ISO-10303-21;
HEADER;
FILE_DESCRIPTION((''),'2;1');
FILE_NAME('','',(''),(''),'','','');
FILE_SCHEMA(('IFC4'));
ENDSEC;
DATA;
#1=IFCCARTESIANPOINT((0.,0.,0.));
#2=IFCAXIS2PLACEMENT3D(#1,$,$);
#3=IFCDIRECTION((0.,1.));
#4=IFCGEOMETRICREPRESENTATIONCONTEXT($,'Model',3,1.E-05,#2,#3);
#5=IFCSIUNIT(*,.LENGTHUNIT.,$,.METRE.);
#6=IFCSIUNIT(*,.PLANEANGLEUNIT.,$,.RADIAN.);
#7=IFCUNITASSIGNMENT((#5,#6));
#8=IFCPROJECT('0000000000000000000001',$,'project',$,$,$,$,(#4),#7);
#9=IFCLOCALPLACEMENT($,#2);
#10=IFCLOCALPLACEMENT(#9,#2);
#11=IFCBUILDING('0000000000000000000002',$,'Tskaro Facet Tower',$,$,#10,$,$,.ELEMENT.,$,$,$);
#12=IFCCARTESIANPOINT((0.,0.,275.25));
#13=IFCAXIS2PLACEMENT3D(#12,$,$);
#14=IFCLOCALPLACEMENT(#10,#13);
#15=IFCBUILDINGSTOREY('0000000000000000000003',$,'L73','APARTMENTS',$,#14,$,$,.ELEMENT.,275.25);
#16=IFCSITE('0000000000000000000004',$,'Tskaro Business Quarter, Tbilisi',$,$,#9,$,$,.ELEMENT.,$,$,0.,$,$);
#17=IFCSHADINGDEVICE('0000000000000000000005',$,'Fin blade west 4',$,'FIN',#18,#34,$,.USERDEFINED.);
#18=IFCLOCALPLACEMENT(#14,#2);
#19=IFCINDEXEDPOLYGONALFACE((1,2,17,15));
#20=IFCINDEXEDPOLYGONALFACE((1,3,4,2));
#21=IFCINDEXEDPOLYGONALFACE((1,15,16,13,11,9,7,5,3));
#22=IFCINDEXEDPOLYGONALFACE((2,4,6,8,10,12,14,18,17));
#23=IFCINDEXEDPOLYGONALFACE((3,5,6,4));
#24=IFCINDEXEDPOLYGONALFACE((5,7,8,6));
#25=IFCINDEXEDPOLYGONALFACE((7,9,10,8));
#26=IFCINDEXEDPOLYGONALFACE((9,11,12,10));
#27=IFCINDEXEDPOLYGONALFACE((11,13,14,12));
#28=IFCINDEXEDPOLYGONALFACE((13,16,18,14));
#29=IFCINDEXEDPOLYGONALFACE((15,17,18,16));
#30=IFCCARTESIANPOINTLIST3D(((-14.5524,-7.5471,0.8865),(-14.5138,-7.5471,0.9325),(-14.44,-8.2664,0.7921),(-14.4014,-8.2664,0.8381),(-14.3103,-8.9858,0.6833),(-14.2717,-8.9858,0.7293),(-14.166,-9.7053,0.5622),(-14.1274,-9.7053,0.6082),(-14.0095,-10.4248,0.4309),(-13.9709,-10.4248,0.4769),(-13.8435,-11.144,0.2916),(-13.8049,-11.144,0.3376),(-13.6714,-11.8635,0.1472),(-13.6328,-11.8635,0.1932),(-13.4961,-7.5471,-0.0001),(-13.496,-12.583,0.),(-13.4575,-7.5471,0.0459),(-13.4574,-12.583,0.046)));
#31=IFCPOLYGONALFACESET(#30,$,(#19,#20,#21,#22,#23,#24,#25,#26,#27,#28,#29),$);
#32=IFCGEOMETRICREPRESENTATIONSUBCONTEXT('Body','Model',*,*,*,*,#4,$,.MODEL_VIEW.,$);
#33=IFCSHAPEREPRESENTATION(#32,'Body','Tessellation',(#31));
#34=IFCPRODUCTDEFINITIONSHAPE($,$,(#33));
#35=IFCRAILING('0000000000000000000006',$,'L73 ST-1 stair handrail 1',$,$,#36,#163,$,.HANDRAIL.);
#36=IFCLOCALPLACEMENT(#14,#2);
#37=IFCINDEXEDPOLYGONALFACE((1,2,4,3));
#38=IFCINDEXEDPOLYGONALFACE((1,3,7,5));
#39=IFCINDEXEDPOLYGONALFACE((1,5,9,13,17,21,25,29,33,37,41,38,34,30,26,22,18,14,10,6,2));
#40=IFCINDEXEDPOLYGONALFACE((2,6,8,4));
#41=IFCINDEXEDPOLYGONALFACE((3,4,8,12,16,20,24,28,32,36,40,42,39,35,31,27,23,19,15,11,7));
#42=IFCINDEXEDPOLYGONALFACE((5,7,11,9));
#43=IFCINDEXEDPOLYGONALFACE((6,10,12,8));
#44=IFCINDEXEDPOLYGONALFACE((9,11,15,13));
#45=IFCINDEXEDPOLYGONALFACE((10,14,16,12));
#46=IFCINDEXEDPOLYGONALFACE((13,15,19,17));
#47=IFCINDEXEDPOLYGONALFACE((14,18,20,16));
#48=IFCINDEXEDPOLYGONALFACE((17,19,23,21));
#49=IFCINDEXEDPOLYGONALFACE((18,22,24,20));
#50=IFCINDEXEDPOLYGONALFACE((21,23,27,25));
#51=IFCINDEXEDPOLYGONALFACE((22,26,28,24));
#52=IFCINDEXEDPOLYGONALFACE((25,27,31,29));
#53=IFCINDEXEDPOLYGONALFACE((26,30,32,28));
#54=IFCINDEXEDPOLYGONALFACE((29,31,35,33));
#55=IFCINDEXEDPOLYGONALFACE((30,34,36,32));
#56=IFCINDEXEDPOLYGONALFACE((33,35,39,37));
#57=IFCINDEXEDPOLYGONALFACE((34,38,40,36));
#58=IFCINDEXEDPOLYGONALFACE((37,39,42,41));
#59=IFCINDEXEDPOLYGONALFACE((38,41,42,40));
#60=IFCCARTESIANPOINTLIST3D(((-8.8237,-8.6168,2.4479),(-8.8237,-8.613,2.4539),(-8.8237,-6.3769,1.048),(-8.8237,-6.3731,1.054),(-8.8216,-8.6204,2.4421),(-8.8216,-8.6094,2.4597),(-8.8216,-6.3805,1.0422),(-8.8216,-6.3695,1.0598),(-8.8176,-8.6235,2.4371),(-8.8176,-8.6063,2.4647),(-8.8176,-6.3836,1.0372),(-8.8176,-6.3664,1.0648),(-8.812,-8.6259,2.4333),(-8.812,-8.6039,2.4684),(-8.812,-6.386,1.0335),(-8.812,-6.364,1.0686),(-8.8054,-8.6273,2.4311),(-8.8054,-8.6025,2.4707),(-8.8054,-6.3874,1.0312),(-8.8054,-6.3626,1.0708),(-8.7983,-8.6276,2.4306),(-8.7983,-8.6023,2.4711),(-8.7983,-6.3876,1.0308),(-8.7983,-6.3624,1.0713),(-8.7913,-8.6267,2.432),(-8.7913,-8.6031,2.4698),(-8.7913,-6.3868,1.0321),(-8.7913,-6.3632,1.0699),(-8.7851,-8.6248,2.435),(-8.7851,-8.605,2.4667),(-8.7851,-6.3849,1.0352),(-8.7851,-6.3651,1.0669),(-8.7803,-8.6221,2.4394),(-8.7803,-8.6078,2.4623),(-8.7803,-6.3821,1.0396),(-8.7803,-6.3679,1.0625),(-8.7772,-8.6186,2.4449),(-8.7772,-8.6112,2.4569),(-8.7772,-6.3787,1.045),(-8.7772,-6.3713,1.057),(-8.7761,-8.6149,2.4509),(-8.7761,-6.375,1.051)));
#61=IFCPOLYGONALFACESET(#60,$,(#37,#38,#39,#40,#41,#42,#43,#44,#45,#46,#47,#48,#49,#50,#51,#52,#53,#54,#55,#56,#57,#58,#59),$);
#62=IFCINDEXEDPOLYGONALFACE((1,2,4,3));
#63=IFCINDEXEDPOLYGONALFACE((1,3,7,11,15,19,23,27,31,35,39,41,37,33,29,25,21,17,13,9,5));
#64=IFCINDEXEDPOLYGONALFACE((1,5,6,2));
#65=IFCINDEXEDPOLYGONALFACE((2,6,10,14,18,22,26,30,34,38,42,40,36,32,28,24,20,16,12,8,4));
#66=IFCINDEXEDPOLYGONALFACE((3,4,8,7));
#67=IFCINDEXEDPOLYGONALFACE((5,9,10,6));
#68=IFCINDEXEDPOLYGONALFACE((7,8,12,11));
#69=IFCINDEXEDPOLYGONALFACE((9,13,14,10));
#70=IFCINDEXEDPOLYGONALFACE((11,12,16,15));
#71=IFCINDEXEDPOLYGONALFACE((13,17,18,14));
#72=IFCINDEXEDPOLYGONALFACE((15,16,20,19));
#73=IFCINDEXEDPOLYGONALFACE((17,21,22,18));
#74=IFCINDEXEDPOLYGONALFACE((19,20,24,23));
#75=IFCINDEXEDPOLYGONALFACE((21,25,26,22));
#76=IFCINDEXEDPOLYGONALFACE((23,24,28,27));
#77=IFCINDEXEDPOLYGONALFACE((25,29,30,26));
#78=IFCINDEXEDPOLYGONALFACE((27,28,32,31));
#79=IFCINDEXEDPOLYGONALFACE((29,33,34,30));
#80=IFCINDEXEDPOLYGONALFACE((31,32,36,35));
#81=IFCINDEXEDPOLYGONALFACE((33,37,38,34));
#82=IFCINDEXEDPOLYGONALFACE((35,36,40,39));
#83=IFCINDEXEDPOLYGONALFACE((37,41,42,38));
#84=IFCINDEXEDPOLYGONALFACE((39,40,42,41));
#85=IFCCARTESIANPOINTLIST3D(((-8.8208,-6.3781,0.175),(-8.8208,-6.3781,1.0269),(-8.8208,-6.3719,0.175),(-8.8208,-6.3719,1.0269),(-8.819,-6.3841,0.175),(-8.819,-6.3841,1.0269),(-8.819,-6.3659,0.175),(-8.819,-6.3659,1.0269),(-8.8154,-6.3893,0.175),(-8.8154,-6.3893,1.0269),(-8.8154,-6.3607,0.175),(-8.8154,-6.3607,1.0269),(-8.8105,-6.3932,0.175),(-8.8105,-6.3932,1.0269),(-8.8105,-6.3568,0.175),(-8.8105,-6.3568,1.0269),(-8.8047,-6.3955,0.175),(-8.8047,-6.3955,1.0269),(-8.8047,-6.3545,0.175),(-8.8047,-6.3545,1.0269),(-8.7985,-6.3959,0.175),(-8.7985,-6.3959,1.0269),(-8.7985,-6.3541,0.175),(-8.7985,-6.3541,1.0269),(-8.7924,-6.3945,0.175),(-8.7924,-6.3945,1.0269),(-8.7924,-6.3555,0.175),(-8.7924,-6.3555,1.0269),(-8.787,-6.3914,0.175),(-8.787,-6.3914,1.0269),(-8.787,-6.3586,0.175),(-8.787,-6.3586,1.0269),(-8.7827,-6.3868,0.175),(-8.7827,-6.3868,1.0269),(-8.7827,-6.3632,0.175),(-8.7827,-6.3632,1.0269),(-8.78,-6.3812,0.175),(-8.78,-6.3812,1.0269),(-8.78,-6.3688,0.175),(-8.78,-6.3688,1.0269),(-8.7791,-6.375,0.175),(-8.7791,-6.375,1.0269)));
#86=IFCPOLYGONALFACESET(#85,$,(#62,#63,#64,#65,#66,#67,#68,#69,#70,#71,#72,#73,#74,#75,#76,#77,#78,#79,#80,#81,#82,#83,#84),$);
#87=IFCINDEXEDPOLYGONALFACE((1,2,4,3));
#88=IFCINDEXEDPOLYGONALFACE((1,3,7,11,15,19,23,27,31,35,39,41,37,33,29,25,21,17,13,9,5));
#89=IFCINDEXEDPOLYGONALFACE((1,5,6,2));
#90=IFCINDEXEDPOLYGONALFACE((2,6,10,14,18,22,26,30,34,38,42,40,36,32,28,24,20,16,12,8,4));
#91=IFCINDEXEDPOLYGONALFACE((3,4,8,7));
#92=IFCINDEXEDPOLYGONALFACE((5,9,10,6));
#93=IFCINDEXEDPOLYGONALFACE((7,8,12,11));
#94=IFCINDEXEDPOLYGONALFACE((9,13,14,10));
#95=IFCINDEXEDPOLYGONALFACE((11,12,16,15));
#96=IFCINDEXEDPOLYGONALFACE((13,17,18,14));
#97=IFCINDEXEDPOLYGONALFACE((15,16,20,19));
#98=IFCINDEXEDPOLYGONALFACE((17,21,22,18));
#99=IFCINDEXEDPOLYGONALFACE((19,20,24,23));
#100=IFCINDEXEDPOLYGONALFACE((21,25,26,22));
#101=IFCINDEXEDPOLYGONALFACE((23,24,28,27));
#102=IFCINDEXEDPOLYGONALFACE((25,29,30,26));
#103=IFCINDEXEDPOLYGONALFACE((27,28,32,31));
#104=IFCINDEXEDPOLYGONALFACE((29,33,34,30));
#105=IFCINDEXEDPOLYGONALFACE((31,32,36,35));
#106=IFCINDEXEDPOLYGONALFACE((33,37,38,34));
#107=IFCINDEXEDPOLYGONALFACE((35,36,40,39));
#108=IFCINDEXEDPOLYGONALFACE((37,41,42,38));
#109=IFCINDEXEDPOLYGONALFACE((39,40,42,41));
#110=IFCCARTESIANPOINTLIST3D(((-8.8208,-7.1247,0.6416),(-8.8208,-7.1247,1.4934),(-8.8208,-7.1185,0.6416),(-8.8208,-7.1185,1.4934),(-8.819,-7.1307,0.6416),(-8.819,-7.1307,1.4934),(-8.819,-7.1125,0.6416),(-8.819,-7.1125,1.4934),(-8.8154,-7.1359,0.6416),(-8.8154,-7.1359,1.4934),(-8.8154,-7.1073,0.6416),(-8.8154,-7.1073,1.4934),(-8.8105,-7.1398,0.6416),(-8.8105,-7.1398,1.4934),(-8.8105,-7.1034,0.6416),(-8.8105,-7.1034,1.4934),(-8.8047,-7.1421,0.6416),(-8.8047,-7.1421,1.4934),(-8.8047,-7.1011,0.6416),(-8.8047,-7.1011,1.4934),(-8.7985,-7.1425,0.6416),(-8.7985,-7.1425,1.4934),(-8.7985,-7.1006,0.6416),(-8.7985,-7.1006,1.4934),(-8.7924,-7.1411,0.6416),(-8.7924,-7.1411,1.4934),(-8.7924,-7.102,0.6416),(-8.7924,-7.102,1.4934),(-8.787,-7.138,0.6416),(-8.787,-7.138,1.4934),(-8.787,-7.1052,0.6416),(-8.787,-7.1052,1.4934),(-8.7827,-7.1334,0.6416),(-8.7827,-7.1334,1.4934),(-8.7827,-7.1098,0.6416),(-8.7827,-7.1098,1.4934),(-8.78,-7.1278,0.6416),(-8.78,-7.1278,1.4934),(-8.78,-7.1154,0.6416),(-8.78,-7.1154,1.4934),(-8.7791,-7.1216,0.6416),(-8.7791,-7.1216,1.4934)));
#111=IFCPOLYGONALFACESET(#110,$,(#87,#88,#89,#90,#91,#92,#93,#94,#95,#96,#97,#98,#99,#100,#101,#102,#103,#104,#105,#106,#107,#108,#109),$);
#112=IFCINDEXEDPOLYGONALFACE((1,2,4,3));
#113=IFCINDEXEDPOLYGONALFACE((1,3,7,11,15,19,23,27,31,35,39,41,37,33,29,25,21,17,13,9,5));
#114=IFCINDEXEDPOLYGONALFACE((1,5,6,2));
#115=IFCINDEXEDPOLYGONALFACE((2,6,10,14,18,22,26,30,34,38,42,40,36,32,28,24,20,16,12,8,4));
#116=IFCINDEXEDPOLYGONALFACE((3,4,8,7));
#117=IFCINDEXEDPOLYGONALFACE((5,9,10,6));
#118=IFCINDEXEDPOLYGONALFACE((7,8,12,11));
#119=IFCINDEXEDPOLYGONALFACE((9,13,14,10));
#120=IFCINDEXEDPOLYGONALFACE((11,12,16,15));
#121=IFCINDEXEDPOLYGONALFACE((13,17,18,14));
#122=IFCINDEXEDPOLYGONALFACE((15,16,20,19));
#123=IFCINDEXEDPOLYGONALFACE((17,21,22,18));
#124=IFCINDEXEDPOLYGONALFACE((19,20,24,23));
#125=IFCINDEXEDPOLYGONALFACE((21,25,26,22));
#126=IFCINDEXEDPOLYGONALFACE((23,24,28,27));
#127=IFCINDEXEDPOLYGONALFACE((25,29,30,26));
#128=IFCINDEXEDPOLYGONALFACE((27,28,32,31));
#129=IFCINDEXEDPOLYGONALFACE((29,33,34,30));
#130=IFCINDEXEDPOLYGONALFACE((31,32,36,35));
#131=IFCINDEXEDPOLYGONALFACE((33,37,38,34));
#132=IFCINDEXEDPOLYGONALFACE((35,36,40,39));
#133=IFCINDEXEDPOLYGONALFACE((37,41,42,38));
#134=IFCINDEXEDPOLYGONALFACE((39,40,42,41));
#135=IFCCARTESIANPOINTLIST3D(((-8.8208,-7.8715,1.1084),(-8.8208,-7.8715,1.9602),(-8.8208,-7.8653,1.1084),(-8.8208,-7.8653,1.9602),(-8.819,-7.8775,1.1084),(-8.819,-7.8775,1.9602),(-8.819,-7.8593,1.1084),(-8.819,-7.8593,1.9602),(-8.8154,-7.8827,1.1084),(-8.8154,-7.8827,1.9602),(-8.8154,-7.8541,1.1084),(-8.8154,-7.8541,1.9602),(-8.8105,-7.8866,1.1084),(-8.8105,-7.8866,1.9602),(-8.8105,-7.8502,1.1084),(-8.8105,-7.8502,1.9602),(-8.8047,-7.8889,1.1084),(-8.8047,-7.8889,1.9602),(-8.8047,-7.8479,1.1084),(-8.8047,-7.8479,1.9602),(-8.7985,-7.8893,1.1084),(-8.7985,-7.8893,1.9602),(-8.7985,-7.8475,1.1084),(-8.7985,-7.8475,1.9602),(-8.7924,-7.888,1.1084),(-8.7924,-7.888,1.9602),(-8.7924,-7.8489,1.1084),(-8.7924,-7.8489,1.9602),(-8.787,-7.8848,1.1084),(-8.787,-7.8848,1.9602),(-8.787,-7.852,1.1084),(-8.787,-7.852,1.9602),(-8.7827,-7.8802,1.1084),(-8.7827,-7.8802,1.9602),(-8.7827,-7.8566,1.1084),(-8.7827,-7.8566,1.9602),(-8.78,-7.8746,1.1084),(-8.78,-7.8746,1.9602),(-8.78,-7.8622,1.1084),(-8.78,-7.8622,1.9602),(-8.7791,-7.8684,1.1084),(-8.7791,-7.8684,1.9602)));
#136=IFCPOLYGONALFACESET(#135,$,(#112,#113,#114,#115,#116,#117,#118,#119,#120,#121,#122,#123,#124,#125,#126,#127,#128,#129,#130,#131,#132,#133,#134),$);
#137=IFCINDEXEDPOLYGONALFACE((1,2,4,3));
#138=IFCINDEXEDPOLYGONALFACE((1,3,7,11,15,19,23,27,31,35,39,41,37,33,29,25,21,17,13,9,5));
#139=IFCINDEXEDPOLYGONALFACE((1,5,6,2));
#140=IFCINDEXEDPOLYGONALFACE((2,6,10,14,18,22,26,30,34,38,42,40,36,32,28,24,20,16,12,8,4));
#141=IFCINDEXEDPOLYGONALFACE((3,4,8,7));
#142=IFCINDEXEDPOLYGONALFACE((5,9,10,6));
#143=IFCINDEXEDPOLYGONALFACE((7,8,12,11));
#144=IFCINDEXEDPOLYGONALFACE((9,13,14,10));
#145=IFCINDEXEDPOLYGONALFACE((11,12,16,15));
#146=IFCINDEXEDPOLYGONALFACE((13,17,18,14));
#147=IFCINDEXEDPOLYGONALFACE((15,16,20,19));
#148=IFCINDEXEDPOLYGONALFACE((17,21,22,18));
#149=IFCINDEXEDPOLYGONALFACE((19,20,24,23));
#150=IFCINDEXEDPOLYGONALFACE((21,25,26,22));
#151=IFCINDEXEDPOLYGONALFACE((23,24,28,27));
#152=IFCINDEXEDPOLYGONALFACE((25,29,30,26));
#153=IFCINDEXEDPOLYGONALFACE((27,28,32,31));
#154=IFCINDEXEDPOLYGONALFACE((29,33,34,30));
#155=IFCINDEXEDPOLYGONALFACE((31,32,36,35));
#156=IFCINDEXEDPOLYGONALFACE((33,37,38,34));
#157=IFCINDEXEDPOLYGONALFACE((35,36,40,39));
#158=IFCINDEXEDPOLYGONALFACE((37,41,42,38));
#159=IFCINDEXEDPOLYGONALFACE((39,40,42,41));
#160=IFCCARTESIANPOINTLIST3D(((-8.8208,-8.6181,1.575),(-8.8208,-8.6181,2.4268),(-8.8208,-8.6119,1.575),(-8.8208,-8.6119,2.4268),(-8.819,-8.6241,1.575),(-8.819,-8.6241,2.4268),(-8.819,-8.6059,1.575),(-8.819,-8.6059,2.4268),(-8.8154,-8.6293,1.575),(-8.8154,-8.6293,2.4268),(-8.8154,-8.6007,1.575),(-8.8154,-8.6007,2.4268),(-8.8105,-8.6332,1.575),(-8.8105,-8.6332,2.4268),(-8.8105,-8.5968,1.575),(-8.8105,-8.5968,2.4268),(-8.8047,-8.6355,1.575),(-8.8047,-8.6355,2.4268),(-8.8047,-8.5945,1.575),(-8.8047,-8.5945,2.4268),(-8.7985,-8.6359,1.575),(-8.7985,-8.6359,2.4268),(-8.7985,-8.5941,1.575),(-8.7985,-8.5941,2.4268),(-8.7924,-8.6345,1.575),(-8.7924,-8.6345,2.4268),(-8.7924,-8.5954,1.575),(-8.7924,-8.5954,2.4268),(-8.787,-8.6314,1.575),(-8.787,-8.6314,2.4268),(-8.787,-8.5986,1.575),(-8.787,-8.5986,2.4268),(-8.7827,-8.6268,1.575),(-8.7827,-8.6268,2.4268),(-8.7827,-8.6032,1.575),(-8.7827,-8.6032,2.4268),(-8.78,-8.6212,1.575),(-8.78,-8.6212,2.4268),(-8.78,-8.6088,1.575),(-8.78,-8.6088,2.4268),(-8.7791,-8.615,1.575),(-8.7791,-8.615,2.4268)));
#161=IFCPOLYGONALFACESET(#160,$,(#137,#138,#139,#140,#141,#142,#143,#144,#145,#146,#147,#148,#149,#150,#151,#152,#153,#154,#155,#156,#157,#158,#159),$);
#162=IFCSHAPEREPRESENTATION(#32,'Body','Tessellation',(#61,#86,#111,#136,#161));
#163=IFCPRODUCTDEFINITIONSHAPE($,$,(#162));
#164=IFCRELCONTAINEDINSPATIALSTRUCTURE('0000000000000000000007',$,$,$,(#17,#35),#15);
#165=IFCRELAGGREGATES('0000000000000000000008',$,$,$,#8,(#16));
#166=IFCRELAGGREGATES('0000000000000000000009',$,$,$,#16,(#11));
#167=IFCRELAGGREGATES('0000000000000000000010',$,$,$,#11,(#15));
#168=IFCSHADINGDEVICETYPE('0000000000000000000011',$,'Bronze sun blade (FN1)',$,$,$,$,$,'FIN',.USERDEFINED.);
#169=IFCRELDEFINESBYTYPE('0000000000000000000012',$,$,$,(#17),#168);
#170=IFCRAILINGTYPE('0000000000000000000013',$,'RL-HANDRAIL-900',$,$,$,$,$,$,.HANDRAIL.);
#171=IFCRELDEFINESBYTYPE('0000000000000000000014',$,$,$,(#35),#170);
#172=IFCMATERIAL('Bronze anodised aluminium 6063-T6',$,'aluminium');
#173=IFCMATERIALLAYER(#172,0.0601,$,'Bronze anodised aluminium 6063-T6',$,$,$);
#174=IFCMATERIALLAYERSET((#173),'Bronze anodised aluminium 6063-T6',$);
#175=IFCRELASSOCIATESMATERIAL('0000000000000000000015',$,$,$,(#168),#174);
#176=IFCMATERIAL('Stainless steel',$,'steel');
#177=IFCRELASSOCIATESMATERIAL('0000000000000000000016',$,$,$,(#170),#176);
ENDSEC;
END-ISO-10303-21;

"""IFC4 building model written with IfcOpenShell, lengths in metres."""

from ifc_helpers import new_model, si_unit, direction, frame, origin, origin_2d, place, context, subcontext, project, spatial, polyline, circle, outline, extrude, material, layer, layer_set, type_object, element, save


model = new_model("IFC4")

# Units and contexts
model_context = context("Model", 3, precision=1e-05, world=origin(), true_north=direction((0.0, 1.0)))
body_context = subcontext(model_context, "Body", "Model", "MODEL_VIEW")
ifc_project = project(units=[si_unit("LENGTHUNIT", "METRE"), si_unit("PLANEANGLEUNIT", "RADIAN")], contexts=[model_context])

# Site, building, storey
site_placement = place(None, origin())
site = spatial("IfcSite", under=ifc_project, at=site_placement, Name="Tskaro Business Quarter, Tbilisi", CompositionType="ELEMENT", RefElevation=0.0)
building_placement = place(site_placement, origin())
building = spatial("IfcBuilding", under=site, at=building_placement, Name="Tskaro Facet Tower", CompositionType="ELEMENT")
storey_placement = place(building_placement, frame((0.0, 0.0, 275.25)))
storey = spatial("IfcBuildingStorey", under=building, at=storey_placement, Name="L73", Description="APARTMENTS", CompositionType="ELEMENT", Elevation=275.25)

# Shared definitions
ifc_material_1 = material(Name="Bronze anodised aluminium 6063-T6", Category="aluminium")

# Shading device
ifc_layer_1 = layer(ifc_material_1, 0.0601, Name="Bronze anodised aluminium 6063-T6")
ifc_layer_set_1 = layer_set([ifc_layer_1], Name="Bronze anodised aluminium 6063-T6")
shading_device_type = type_object("IfcShadingDeviceType", Name="Bronze sun blade (FN1)", ElementType="FIN", PredefinedType="USERDEFINED", material=ifc_layer_set_1)
shading_device_placement = place(storey_placement, frame((-13.4575, -7.5471, 0.0459), z_axis=(0.642901, 0.000032, 0.765949), x_axis=(0.000021, -1.0, 0.000025)))
element("IfcShadingDevice", 1, at=shading_device_placement, inside=storey, type_object=shading_device_type, Name="Fin blade west 4", ObjectType="FIN", PredefinedType="USERDEFINED", context=body_context, shape_type="SweptSolid", body=[
    extrude(outline(polyline([(0.0, 0.0), (5.0359, 0.0), (4.3164, -0.2289), (3.5969, -0.4537), (2.8777, -0.6703), (2.1582, -0.8746), (1.4387, -1.063), (0.7192, -1.2323), (0.0, -1.3791), (0.0, 0.0)])), origin(), (0.0, 0.0, -1.0), 0.0601),
])

# Railing
ifc_material_2 = material(Name="Stainless steel", Category="steel")
railing_type = type_object("IfcRailingType", Name="RL-HANDRAIL-900", PredefinedType="HANDRAIL", material=ifc_material_2)
railing_placement = place(storey_placement, frame((-8.8, -6.375, 0.175)))
element("IfcRailing", 2, at=railing_placement, inside=storey, type_object=railing_type, Name="L73 ST-1 stair handrail 1", PredefinedType="HANDRAIL", context=body_context, shape_type="SweptSolid", body=[
    extrude(circle(Radius=0.0239, at=origin_2d()), frame((0.0, 0.0, 0.876), z_axis=(0.0, -0.848014, 0.529974), x_axis=(1.0, 0.0, 0.0)), (0.0, 0.0, 1.0), 2.6414),
    extrude(circle(Radius=0.021, at=origin_2d()), origin(), (0.0, 0.0, 1.0), 0.8518),
    extrude(circle(Radius=0.021, at=origin_2d()), frame((0.0, -0.7466, 0.4666)), (0.0, 0.0, 1.0), 0.8518),
    extrude(circle(Radius=0.021, at=origin_2d()), frame((0.0, -1.4934, 0.9333)), (0.0, 0.0, 1.0), 0.8518),
    extrude(circle(Radius=0.021, at=origin_2d()), frame((0.0, -2.24, 1.3999)), (0.0, 0.0, 1.0), 0.8518),
])

save(model, "model.ifc")
